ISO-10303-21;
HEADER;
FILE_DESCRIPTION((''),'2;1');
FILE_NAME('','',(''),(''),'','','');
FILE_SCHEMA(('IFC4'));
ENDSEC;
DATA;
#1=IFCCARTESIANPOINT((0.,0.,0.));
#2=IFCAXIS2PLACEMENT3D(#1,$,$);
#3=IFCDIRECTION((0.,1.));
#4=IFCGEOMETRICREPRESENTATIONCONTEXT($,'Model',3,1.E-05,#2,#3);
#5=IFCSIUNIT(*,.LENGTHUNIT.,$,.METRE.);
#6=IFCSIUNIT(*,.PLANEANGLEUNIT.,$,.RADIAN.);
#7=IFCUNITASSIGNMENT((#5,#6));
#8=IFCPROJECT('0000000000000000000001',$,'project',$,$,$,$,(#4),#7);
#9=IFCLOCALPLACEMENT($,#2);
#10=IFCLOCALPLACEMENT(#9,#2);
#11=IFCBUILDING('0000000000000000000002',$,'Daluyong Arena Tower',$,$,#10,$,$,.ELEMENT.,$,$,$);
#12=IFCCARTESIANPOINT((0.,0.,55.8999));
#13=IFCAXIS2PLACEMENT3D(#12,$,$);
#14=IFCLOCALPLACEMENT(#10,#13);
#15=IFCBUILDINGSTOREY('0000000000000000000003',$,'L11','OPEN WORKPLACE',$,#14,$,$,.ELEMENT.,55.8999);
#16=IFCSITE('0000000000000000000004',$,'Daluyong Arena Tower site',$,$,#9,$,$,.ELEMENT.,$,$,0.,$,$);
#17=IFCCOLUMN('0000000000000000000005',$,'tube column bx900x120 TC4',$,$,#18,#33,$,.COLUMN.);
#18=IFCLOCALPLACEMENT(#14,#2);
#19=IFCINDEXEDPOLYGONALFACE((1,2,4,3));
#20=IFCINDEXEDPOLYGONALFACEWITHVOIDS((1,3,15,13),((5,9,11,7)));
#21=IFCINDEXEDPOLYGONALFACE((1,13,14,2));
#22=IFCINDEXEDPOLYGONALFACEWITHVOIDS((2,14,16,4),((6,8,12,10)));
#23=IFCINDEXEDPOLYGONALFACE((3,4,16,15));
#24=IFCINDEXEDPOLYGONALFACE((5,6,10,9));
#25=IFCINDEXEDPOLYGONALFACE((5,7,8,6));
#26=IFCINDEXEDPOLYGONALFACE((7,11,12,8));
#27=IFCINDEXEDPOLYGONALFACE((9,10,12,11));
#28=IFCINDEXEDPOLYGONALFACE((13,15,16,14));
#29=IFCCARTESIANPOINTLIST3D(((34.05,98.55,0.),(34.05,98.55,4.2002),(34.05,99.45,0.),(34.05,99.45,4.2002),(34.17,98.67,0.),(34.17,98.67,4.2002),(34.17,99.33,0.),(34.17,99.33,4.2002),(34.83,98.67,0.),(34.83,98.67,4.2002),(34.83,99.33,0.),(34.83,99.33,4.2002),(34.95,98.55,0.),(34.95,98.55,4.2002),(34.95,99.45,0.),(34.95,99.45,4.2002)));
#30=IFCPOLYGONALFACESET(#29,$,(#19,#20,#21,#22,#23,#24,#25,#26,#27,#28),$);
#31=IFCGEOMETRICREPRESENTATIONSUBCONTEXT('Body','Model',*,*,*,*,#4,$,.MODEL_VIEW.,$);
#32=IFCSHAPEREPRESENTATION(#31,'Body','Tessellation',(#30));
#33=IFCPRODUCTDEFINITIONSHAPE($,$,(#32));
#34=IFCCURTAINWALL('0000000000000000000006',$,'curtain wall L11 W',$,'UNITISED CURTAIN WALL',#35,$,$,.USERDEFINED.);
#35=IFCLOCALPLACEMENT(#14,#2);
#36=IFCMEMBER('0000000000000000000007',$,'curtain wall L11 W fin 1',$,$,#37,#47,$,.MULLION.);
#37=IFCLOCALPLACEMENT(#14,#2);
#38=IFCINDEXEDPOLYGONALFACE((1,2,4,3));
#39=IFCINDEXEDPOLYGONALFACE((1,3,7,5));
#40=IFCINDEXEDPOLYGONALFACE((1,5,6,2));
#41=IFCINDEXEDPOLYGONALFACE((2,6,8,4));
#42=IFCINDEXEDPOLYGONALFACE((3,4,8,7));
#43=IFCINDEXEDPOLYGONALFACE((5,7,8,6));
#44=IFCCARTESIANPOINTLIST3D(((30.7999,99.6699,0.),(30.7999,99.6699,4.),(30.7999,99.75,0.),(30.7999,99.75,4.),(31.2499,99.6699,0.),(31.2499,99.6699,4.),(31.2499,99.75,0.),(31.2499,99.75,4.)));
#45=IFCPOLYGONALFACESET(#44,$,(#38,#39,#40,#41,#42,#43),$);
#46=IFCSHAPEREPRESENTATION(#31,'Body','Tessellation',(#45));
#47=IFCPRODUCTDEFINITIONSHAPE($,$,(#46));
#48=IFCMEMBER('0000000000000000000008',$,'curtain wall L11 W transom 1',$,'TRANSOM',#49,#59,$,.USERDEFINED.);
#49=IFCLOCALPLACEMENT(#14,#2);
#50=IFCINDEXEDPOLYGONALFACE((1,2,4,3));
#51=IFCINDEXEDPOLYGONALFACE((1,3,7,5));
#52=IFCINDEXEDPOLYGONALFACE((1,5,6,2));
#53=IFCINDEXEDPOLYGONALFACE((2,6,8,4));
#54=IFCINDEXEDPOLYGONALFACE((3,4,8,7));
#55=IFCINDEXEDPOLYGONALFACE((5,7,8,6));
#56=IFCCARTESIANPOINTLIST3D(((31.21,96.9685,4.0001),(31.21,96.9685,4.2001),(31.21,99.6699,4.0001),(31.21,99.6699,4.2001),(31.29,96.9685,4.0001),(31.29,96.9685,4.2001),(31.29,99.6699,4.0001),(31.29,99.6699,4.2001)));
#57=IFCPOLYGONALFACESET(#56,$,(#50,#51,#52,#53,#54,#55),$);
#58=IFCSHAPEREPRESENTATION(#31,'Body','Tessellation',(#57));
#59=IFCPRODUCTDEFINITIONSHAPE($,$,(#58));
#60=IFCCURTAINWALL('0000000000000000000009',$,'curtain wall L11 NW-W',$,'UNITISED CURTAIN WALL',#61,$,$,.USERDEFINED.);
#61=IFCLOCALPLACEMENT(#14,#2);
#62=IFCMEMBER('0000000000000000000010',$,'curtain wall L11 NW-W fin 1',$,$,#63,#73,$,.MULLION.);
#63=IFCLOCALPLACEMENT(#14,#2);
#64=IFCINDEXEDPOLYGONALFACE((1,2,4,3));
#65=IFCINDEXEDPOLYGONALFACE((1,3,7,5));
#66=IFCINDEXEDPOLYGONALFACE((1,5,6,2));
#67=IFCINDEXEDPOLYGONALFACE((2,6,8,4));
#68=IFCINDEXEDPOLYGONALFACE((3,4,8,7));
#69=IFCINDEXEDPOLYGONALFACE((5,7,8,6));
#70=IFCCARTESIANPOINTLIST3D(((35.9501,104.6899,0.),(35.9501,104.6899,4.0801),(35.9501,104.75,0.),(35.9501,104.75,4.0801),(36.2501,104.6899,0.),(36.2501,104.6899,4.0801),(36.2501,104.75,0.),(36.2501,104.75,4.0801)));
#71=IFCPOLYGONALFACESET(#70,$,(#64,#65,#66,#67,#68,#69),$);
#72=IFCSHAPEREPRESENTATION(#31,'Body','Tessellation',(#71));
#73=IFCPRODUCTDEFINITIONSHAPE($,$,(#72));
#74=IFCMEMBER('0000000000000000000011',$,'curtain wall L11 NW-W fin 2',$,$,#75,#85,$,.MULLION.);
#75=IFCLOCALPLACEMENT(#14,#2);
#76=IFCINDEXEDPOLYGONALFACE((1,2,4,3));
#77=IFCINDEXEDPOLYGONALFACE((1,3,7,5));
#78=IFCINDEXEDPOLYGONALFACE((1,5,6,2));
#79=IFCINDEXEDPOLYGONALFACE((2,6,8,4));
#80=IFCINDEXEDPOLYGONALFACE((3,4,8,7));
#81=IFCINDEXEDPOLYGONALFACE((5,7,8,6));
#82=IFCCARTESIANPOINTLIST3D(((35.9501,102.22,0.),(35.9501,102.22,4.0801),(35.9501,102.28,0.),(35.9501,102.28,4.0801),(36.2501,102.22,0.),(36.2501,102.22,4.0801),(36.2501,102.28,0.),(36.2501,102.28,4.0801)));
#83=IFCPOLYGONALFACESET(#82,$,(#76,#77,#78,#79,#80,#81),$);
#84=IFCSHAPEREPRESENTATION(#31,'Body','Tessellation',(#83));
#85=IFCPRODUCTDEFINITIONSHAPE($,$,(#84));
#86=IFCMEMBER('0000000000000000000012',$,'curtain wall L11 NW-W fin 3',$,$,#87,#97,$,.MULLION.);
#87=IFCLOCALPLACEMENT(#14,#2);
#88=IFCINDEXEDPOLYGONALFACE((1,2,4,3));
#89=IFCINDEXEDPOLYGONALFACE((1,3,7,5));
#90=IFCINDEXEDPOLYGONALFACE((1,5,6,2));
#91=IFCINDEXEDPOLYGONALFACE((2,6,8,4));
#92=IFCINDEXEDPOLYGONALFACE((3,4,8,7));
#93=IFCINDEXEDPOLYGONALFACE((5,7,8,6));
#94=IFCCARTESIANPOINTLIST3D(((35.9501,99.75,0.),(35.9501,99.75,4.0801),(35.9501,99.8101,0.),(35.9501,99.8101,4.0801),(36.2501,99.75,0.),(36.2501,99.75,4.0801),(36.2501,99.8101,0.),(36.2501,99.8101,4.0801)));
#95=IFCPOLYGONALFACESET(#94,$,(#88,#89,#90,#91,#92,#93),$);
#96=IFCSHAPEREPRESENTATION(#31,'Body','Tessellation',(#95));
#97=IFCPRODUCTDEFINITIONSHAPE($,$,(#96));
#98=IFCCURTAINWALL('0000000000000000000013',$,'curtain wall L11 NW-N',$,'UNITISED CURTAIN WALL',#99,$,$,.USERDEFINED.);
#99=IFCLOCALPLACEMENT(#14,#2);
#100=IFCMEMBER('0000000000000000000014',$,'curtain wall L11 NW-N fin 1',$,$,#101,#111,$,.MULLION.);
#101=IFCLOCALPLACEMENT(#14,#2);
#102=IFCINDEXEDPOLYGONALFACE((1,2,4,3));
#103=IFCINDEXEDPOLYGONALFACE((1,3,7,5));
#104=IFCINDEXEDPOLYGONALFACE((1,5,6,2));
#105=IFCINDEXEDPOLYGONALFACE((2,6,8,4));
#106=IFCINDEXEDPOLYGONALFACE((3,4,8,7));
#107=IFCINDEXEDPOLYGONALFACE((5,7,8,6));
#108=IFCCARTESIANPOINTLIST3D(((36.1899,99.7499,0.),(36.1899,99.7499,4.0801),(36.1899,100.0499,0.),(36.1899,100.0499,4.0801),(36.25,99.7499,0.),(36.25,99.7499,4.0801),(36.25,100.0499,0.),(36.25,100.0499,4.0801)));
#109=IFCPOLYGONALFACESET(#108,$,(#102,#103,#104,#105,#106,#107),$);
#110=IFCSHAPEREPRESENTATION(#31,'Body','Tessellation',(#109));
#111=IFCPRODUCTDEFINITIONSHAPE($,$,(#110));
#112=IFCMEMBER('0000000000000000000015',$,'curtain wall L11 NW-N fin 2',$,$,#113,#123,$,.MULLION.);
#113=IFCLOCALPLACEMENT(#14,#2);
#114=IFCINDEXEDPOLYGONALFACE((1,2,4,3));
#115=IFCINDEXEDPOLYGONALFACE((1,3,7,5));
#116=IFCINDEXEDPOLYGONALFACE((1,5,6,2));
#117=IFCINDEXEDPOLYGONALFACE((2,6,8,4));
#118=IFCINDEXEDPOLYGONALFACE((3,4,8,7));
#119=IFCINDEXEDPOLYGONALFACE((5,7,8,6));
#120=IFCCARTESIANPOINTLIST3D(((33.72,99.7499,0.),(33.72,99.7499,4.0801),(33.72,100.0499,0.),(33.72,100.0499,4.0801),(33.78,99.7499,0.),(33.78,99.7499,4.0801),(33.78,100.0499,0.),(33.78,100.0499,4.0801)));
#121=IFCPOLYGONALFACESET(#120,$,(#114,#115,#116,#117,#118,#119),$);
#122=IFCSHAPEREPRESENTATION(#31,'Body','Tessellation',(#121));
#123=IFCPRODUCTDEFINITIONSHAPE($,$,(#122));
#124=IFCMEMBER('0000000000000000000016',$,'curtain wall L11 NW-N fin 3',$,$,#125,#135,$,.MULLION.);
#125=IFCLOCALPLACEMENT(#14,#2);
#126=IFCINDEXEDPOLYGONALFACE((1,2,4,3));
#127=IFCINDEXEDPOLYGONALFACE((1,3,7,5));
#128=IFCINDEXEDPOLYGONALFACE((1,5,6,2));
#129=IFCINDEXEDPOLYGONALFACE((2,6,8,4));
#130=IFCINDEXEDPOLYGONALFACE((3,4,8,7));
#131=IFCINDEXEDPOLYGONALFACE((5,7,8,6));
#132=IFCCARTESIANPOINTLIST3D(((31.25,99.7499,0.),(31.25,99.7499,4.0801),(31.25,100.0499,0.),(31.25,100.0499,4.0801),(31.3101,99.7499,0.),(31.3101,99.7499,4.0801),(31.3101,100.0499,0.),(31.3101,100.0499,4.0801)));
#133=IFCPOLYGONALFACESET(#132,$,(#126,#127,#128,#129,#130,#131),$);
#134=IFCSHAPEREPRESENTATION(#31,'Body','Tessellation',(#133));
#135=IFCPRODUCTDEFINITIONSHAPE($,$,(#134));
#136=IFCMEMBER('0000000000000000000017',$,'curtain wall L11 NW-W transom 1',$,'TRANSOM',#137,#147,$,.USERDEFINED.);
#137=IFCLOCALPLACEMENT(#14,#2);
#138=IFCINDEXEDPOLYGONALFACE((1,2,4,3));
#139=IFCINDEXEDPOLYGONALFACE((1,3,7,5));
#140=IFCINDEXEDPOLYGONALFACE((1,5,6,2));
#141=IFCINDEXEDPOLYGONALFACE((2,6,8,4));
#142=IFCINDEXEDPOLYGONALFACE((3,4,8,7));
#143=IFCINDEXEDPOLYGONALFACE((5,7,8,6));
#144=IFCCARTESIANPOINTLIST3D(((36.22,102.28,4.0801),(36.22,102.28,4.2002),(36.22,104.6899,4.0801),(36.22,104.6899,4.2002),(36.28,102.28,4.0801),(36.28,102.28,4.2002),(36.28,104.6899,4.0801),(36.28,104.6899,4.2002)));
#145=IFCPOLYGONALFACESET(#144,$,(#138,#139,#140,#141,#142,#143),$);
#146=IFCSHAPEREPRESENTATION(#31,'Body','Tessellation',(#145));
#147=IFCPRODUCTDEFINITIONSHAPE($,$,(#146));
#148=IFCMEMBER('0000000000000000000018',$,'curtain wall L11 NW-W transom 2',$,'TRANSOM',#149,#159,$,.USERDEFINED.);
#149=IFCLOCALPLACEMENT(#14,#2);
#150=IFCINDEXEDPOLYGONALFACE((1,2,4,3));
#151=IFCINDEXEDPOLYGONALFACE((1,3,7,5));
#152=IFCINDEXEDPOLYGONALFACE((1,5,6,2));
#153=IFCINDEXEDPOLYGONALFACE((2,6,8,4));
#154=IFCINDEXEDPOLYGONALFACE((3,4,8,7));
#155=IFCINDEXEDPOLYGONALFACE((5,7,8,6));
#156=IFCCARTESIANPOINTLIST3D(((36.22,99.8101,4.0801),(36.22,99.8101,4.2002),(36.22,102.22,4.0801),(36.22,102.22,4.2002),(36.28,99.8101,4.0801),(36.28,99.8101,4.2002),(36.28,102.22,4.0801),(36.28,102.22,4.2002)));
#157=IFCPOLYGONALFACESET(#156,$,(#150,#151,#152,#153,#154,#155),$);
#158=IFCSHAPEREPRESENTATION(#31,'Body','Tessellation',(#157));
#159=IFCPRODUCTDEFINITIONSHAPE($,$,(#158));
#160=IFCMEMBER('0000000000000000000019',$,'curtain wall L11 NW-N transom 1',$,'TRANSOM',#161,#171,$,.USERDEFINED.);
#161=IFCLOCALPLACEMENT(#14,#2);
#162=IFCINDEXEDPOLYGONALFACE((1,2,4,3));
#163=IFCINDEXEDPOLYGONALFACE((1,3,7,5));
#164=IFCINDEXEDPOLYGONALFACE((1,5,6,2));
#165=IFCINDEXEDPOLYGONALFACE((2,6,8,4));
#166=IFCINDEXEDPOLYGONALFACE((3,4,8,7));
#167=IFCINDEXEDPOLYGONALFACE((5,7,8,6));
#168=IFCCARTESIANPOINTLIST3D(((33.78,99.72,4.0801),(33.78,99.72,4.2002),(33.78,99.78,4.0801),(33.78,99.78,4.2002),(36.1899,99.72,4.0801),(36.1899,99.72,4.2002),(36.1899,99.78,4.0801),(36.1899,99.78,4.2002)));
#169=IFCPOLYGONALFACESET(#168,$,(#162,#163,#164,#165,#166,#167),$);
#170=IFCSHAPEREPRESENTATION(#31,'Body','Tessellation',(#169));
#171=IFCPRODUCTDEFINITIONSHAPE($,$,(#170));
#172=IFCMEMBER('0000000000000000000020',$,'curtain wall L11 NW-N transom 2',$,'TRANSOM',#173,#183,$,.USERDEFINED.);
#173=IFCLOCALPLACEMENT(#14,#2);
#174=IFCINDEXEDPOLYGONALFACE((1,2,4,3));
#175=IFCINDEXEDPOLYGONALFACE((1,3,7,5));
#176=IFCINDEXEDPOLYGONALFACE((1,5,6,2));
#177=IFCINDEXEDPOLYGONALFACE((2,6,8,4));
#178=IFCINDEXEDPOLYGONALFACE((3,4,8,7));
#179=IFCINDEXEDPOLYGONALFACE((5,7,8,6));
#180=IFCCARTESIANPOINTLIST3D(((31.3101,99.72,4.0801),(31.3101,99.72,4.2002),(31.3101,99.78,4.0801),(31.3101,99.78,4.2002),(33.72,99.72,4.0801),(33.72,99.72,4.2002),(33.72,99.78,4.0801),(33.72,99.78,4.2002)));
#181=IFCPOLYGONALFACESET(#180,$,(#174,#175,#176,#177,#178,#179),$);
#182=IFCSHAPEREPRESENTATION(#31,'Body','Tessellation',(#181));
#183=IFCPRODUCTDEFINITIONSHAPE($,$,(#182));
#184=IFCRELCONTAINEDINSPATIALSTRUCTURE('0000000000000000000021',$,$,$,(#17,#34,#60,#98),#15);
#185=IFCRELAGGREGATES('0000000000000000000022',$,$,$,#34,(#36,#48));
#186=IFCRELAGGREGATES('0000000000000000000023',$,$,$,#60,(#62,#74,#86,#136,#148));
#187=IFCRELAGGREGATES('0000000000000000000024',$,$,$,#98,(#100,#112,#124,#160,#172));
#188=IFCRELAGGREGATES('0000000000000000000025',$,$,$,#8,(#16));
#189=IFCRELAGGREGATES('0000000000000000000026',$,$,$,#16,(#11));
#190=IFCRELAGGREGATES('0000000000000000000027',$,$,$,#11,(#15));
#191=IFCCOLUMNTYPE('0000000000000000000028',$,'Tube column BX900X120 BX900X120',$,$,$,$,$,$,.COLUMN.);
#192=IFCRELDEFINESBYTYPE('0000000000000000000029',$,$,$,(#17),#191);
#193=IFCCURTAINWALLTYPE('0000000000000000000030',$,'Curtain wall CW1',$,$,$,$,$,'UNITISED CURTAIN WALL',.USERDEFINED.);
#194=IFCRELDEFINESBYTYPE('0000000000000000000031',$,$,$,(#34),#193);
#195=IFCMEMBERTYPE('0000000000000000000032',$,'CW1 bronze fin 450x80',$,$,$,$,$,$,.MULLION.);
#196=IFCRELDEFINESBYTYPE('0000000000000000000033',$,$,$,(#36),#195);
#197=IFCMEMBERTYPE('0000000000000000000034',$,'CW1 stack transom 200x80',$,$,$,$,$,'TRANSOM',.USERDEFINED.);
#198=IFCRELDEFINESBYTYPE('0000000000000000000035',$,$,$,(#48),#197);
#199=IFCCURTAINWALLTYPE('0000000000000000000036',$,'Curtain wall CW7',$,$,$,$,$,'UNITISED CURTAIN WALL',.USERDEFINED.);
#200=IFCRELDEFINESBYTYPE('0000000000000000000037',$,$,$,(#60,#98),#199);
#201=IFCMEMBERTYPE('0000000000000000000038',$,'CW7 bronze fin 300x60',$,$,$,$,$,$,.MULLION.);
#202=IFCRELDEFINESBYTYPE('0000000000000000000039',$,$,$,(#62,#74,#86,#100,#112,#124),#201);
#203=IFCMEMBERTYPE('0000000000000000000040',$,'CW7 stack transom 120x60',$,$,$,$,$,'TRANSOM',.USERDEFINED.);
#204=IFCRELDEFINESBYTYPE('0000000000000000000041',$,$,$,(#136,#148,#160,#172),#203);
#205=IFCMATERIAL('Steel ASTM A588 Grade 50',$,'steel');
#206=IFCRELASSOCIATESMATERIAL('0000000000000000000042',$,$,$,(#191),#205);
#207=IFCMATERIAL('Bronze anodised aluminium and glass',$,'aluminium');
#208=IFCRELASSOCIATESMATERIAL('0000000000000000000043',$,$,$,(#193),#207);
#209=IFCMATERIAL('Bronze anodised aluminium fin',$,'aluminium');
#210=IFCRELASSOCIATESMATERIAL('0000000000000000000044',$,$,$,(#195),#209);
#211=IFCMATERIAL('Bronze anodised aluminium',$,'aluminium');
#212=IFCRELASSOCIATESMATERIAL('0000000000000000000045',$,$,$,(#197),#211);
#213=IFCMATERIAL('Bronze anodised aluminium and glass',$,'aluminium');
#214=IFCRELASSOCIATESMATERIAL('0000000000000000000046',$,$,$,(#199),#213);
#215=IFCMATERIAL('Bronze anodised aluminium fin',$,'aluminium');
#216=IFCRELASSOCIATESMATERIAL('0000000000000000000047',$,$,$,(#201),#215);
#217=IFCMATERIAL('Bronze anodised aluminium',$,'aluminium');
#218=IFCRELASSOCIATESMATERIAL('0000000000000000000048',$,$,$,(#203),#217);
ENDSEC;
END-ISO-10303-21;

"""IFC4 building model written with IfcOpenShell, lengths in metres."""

from ifc_helpers import new_model, si_unit, direction, frame, origin, origin_2d, place, context, subcontext, project, spatial, rectangle, hollow_rectangle, extrude, material, material_profile, profile_set, type_object, element, aggregate, save


model = new_model("IFC4")

# Units and contexts
model_context = context("Model", 3, precision=1e-05, world=origin(), true_north=direction((0.0, 1.0)))
body_context = subcontext(model_context, "Body", "Model", "MODEL_VIEW")
ifc_project = project(units=[si_unit("LENGTHUNIT", "METRE"), si_unit("PLANEANGLEUNIT", "RADIAN")], contexts=[model_context])

# Site, building, storey
site_placement = place(None, origin())
site = spatial("IfcSite", under=ifc_project, at=site_placement, Name="Daluyong Arena Tower site", CompositionType="ELEMENT", RefElevation=0.0)
building_placement = place(site_placement, origin())
building = spatial("IfcBuilding", under=site, at=building_placement, Name="Daluyong Arena Tower", CompositionType="ELEMENT")
storey_placement = place(building_placement, frame((0.0, 0.0, 55.8999)))
storey = spatial("IfcBuildingStorey", under=building, at=storey_placement, Name="L11", Description="OPEN WORKPLACE", CompositionType="ELEMENT", Elevation=55.8999)

# Column
ifc_material_1 = material(Name="Steel ASTM A588 Grade 50", Category="steel")
ifc_material_profile_1 = material_profile(ifc_material_1, hollow_rectangle(XDim=0.8999, YDim=0.8999, WallThickness=0.12, at=origin_2d()))
ifc_profile_set_1 = profile_set([ifc_material_profile_1], Name="Steel ASTM A588 Grade 50")
column_type = type_object("IfcColumnType", Name="Tube column BX900X120 BX900X120", PredefinedType="COLUMN", material=ifc_profile_set_1)
column_placement = place(storey_placement, frame((34.5, 99.0, 0.0), z_axis=(0.0, 0.0, 1.0), x_axis=(1.0, 0.0, 0.0)))
element("IfcColumn", 1, at=column_placement, inside=storey, type_object=column_type, Name="tube column bx900x120 TC4", PredefinedType="COLUMN", context=body_context, shape_type="SweptSolid", body=[
    extrude(hollow_rectangle(XDim=0.8999, YDim=0.8999, WallThickness=0.12, at=origin_2d()), origin(), (0.0, 0.0, 1.0), 4.2002),
])

# Curtain walls, members
ifc_material_2 = material(Name="Bronze anodised aluminium and glass", Category="aluminium")
curtain_wall_type_1 = type_object("IfcCurtainWallType", Name="Curtain wall CW1", ElementType="UNITISED CURTAIN WALL", PredefinedType="USERDEFINED", material=ifc_material_2)
curtain_wall_1_placement = place(storey_placement, origin())
curtain_wall_1 = element("IfcCurtainWall", 2, at=curtain_wall_1_placement, inside=storey, type_object=curtain_wall_type_1, Name="curtain wall L11 W", ObjectType="UNITISED CURTAIN WALL", PredefinedType="USERDEFINED")
ifc_material_3 = material(Name="Bronze anodised aluminium fin", Category="aluminium")
ifc_material_profile_2 = material_profile(ifc_material_3, rectangle(XDim=0.45, YDim=0.0801, at=origin_2d()))
ifc_profile_set_2 = profile_set([ifc_material_profile_2], Name="Bronze anodised aluminium fin")
member_type_1 = type_object("IfcMemberType", Name="CW1 bronze fin 450x80", PredefinedType="MULLION", material=ifc_profile_set_2)
member_1_placement = place(storey_placement, frame((31.0249, 99.71, 0.0), z_axis=(0.0, 0.0, 1.0), x_axis=(1.0, 0.0, 0.0)))
member_1 = element("IfcMember", 3, at=member_1_placement, type_object=member_type_1, Name="curtain wall L11 W fin 1", PredefinedType="MULLION", context=body_context, shape_type="SweptSolid", body=[
    extrude(rectangle(XDim=0.45, YDim=0.0801, at=origin_2d()), origin(), (0.0, 0.0, 1.0), 4.0),
])
ifc_material_4 = material(Name="Bronze anodised aluminium", Category="aluminium")
ifc_material_profile_3 = material_profile(ifc_material_4, rectangle(XDim=0.0801, YDim=0.2, at=origin_2d()))
ifc_profile_set_3 = profile_set([ifc_material_profile_3], Name="Bronze anodised aluminium")
member_type_2 = type_object("IfcMemberType", Name="CW1 stack transom 200x80", ElementType="TRANSOM", PredefinedType="USERDEFINED", material=ifc_profile_set_3)
member_2_placement = place(storey_placement, frame((31.25, 99.6699, 4.1001), z_axis=(0.0, -1.0, 0.0), x_axis=(1.0, 0.0, 0.0)))
member_2 = element("IfcMember", 4, at=member_2_placement, type_object=member_type_2, Name="curtain wall L11 W transom 1", ObjectType="TRANSOM", PredefinedType="USERDEFINED", context=body_context, shape_type="SweptSolid", body=[
    extrude(rectangle(XDim=0.0801, YDim=0.2, at=origin_2d()), origin(), (0.0, 0.0, 1.0), 2.7014),
])
aggregate(curtain_wall_1, [member_1, member_2])
ifc_material_5 = material(Name="Bronze anodised aluminium and glass", Category="aluminium")
curtain_wall_type_2 = type_object("IfcCurtainWallType", Name="Curtain wall CW7", ElementType="UNITISED CURTAIN WALL", PredefinedType="USERDEFINED", material=ifc_material_5)
curtain_wall_2_placement = place(storey_placement, origin())
curtain_wall_2 = element("IfcCurtainWall", 5, at=curtain_wall_2_placement, inside=storey, type_object=curtain_wall_type_2, Name="curtain wall L11 NW-W", ObjectType="UNITISED CURTAIN WALL", PredefinedType="USERDEFINED")
ifc_material_6 = material(Name="Bronze anodised aluminium fin", Category="aluminium")
ifc_material_profile_4 = material_profile(ifc_material_6, rectangle(XDim=0.3, YDim=0.0601, at=origin_2d()))
ifc_profile_set_4 = profile_set([ifc_material_profile_4], Name="Bronze anodised aluminium fin")
member_type_3 = type_object("IfcMemberType", Name="CW7 bronze fin 300x60", PredefinedType="MULLION", material=ifc_profile_set_4)
member_3_placement = place(storey_placement, frame((36.1001, 104.72, 0.0), z_axis=(0.0, 0.0, 1.0), x_axis=(1.0, 0.0, 0.0)))
member_3 = element("IfcMember", 6, at=member_3_placement, type_object=member_type_3, Name="curtain wall L11 NW-W fin 1", PredefinedType="MULLION", context=body_context, shape_type="SweptSolid", body=[
    extrude(rectangle(XDim=0.3, YDim=0.0601, at=origin_2d()), origin(), (0.0, 0.0, 1.0), 4.0801),
])
member_4_placement = place(storey_placement, frame((36.1001, 102.25, 0.0), z_axis=(0.0, 0.0, 1.0), x_axis=(1.0, 0.0, 0.0)))
member_4 = element("IfcMember", 7, at=member_4_placement, type_object=member_type_3, Name="curtain wall L11 NW-W fin 2", PredefinedType="MULLION", context=body_context, shape_type="SweptSolid", body=[
    extrude(rectangle(XDim=0.3, YDim=0.0601, at=origin_2d()), origin(), (0.0, 0.0, 1.0), 4.0801),
])
member_5_placement = place(storey_placement, frame((36.1001, 99.78, 0.0), z_axis=(0.0, 0.0, 1.0), x_axis=(1.0, 0.0, 0.0)))
member_5 = element("IfcMember", 8, at=member_5_placement, type_object=member_type_3, Name="curtain wall L11 NW-W fin 3", PredefinedType="MULLION", context=body_context, shape_type="SweptSolid", body=[
    extrude(rectangle(XDim=0.3, YDim=0.0601, at=origin_2d()), origin(), (0.0, 0.0, 1.0), 4.0801),
])
curtain_wall_3_placement = place(storey_placement, origin())
curtain_wall_3 = element("IfcCurtainWall", 9, at=curtain_wall_3_placement, inside=storey, type_object=curtain_wall_type_2, Name="curtain wall L11 NW-N", ObjectType="UNITISED CURTAIN WALL", PredefinedType="USERDEFINED")
member_6_placement = place(storey_placement, frame((36.22, 99.8999, 0.0), z_axis=(0.0, 0.0, 1.0), x_axis=(0.0, -1.0, 0.0)))
member_6 = element("IfcMember", 10, at=member_6_placement, type_object=member_type_3, Name="curtain wall L11 NW-N fin 1", PredefinedType="MULLION", context=body_context, shape_type="SweptSolid", body=[
    extrude(rectangle(XDim=0.3, YDim=0.0601, at=origin_2d()), origin(), (0.0, 0.0, 1.0), 4.0801),
])
member_7_placement = place(storey_placement, frame((33.75, 99.8999, 0.0), z_axis=(0.0, 0.0, 1.0), x_axis=(0.0, -1.0, 0.0)))
member_7 = element("IfcMember", 11, at=member_7_placement, type_object=member_type_3, Name="curtain wall L11 NW-N fin 2", PredefinedType="MULLION", context=body_context, shape_type="SweptSolid", body=[
    extrude(rectangle(XDim=0.3, YDim=0.0601, at=origin_2d()), origin(), (0.0, 0.0, 1.0), 4.0801),
])
member_8_placement = place(storey_placement, frame((31.28, 99.8999, 0.0), z_axis=(0.0, 0.0, 1.0), x_axis=(0.0, -1.0, 0.0)))
member_8 = element("IfcMember", 12, at=member_8_placement, type_object=member_type_3, Name="curtain wall L11 NW-N fin 3", PredefinedType="MULLION", context=body_context, shape_type="SweptSolid", body=[
    extrude(rectangle(XDim=0.3, YDim=0.0601, at=origin_2d()), origin(), (0.0, 0.0, 1.0), 4.0801),
])

# Members
ifc_material_7 = material(Name="Bronze anodised aluminium", Category="aluminium")
ifc_material_profile_5 = material_profile(ifc_material_7, rectangle(XDim=0.0601, YDim=0.1201, at=origin_2d()))
ifc_profile_set_5 = profile_set([ifc_material_profile_5], Name="Bronze anodised aluminium")
member_type_4 = type_object("IfcMemberType", Name="CW7 stack transom 120x60", ElementType="TRANSOM", PredefinedType="USERDEFINED", material=ifc_profile_set_5)
member_9_placement = place(storey_placement, frame((36.25, 104.6899, 4.1401), z_axis=(0.0, -1.0, 0.0), x_axis=(1.0, 0.0, 0.0)))
member_9 = element("IfcMember", 13, at=member_9_placement, type_object=member_type_4, Name="curtain wall L11 NW-W transom 1", ObjectType="TRANSOM", PredefinedType="USERDEFINED", context=body_context, shape_type="SweptSolid", body=[
    extrude(rectangle(XDim=0.0601, YDim=0.1201, at=origin_2d()), origin(), (0.0, 0.0, 1.0), 2.4099),
])
member_10_placement = place(storey_placement, frame((36.25, 102.22, 4.1401), z_axis=(0.0, -1.0, 0.0), x_axis=(1.0, 0.0, 0.0)))
member_10 = element("IfcMember", 14, at=member_10_placement, type_object=member_type_4, Name="curtain wall L11 NW-W transom 2", ObjectType="TRANSOM", PredefinedType="USERDEFINED", context=body_context, shape_type="SweptSolid", body=[
    extrude(rectangle(XDim=0.0601, YDim=0.1201, at=origin_2d()), origin(), (0.0, 0.0, 1.0), 2.4099),
])
member_11_placement = place(storey_placement, frame((36.1899, 99.75, 4.1401), z_axis=(-1.0, 0.0, 0.0), x_axis=(0.0, -1.0, 0.0)))
member_11 = element("IfcMember", 15, at=member_11_placement, type_object=member_type_4, Name="curtain wall L11 NW-N transom 1", ObjectType="TRANSOM", PredefinedType="USERDEFINED", context=body_context, shape_type="SweptSolid", body=[
    extrude(rectangle(XDim=0.0601, YDim=0.1201, at=origin_2d()), origin(), (0.0, 0.0, 1.0), 2.4099),
])
member_12_placement = place(storey_placement, frame((33.72, 99.75, 4.1401), z_axis=(-1.0, 0.0, 0.0), x_axis=(0.0, -1.0, 0.0)))
member_12 = element("IfcMember", 16, at=member_12_placement, type_object=member_type_4, Name="curtain wall L11 NW-N transom 2", ObjectType="TRANSOM", PredefinedType="USERDEFINED", context=body_context, shape_type="SweptSolid", body=[
    extrude(rectangle(XDim=0.0601, YDim=0.1201, at=origin_2d()), origin(), (0.0, 0.0, 1.0), 2.4099),
])

aggregate(curtain_wall_2, [member_3, member_4, member_5, member_9, member_10])
aggregate(curtain_wall_3, [member_6, member_7, member_8, member_11, member_12])

save(model, "model.ifc")
